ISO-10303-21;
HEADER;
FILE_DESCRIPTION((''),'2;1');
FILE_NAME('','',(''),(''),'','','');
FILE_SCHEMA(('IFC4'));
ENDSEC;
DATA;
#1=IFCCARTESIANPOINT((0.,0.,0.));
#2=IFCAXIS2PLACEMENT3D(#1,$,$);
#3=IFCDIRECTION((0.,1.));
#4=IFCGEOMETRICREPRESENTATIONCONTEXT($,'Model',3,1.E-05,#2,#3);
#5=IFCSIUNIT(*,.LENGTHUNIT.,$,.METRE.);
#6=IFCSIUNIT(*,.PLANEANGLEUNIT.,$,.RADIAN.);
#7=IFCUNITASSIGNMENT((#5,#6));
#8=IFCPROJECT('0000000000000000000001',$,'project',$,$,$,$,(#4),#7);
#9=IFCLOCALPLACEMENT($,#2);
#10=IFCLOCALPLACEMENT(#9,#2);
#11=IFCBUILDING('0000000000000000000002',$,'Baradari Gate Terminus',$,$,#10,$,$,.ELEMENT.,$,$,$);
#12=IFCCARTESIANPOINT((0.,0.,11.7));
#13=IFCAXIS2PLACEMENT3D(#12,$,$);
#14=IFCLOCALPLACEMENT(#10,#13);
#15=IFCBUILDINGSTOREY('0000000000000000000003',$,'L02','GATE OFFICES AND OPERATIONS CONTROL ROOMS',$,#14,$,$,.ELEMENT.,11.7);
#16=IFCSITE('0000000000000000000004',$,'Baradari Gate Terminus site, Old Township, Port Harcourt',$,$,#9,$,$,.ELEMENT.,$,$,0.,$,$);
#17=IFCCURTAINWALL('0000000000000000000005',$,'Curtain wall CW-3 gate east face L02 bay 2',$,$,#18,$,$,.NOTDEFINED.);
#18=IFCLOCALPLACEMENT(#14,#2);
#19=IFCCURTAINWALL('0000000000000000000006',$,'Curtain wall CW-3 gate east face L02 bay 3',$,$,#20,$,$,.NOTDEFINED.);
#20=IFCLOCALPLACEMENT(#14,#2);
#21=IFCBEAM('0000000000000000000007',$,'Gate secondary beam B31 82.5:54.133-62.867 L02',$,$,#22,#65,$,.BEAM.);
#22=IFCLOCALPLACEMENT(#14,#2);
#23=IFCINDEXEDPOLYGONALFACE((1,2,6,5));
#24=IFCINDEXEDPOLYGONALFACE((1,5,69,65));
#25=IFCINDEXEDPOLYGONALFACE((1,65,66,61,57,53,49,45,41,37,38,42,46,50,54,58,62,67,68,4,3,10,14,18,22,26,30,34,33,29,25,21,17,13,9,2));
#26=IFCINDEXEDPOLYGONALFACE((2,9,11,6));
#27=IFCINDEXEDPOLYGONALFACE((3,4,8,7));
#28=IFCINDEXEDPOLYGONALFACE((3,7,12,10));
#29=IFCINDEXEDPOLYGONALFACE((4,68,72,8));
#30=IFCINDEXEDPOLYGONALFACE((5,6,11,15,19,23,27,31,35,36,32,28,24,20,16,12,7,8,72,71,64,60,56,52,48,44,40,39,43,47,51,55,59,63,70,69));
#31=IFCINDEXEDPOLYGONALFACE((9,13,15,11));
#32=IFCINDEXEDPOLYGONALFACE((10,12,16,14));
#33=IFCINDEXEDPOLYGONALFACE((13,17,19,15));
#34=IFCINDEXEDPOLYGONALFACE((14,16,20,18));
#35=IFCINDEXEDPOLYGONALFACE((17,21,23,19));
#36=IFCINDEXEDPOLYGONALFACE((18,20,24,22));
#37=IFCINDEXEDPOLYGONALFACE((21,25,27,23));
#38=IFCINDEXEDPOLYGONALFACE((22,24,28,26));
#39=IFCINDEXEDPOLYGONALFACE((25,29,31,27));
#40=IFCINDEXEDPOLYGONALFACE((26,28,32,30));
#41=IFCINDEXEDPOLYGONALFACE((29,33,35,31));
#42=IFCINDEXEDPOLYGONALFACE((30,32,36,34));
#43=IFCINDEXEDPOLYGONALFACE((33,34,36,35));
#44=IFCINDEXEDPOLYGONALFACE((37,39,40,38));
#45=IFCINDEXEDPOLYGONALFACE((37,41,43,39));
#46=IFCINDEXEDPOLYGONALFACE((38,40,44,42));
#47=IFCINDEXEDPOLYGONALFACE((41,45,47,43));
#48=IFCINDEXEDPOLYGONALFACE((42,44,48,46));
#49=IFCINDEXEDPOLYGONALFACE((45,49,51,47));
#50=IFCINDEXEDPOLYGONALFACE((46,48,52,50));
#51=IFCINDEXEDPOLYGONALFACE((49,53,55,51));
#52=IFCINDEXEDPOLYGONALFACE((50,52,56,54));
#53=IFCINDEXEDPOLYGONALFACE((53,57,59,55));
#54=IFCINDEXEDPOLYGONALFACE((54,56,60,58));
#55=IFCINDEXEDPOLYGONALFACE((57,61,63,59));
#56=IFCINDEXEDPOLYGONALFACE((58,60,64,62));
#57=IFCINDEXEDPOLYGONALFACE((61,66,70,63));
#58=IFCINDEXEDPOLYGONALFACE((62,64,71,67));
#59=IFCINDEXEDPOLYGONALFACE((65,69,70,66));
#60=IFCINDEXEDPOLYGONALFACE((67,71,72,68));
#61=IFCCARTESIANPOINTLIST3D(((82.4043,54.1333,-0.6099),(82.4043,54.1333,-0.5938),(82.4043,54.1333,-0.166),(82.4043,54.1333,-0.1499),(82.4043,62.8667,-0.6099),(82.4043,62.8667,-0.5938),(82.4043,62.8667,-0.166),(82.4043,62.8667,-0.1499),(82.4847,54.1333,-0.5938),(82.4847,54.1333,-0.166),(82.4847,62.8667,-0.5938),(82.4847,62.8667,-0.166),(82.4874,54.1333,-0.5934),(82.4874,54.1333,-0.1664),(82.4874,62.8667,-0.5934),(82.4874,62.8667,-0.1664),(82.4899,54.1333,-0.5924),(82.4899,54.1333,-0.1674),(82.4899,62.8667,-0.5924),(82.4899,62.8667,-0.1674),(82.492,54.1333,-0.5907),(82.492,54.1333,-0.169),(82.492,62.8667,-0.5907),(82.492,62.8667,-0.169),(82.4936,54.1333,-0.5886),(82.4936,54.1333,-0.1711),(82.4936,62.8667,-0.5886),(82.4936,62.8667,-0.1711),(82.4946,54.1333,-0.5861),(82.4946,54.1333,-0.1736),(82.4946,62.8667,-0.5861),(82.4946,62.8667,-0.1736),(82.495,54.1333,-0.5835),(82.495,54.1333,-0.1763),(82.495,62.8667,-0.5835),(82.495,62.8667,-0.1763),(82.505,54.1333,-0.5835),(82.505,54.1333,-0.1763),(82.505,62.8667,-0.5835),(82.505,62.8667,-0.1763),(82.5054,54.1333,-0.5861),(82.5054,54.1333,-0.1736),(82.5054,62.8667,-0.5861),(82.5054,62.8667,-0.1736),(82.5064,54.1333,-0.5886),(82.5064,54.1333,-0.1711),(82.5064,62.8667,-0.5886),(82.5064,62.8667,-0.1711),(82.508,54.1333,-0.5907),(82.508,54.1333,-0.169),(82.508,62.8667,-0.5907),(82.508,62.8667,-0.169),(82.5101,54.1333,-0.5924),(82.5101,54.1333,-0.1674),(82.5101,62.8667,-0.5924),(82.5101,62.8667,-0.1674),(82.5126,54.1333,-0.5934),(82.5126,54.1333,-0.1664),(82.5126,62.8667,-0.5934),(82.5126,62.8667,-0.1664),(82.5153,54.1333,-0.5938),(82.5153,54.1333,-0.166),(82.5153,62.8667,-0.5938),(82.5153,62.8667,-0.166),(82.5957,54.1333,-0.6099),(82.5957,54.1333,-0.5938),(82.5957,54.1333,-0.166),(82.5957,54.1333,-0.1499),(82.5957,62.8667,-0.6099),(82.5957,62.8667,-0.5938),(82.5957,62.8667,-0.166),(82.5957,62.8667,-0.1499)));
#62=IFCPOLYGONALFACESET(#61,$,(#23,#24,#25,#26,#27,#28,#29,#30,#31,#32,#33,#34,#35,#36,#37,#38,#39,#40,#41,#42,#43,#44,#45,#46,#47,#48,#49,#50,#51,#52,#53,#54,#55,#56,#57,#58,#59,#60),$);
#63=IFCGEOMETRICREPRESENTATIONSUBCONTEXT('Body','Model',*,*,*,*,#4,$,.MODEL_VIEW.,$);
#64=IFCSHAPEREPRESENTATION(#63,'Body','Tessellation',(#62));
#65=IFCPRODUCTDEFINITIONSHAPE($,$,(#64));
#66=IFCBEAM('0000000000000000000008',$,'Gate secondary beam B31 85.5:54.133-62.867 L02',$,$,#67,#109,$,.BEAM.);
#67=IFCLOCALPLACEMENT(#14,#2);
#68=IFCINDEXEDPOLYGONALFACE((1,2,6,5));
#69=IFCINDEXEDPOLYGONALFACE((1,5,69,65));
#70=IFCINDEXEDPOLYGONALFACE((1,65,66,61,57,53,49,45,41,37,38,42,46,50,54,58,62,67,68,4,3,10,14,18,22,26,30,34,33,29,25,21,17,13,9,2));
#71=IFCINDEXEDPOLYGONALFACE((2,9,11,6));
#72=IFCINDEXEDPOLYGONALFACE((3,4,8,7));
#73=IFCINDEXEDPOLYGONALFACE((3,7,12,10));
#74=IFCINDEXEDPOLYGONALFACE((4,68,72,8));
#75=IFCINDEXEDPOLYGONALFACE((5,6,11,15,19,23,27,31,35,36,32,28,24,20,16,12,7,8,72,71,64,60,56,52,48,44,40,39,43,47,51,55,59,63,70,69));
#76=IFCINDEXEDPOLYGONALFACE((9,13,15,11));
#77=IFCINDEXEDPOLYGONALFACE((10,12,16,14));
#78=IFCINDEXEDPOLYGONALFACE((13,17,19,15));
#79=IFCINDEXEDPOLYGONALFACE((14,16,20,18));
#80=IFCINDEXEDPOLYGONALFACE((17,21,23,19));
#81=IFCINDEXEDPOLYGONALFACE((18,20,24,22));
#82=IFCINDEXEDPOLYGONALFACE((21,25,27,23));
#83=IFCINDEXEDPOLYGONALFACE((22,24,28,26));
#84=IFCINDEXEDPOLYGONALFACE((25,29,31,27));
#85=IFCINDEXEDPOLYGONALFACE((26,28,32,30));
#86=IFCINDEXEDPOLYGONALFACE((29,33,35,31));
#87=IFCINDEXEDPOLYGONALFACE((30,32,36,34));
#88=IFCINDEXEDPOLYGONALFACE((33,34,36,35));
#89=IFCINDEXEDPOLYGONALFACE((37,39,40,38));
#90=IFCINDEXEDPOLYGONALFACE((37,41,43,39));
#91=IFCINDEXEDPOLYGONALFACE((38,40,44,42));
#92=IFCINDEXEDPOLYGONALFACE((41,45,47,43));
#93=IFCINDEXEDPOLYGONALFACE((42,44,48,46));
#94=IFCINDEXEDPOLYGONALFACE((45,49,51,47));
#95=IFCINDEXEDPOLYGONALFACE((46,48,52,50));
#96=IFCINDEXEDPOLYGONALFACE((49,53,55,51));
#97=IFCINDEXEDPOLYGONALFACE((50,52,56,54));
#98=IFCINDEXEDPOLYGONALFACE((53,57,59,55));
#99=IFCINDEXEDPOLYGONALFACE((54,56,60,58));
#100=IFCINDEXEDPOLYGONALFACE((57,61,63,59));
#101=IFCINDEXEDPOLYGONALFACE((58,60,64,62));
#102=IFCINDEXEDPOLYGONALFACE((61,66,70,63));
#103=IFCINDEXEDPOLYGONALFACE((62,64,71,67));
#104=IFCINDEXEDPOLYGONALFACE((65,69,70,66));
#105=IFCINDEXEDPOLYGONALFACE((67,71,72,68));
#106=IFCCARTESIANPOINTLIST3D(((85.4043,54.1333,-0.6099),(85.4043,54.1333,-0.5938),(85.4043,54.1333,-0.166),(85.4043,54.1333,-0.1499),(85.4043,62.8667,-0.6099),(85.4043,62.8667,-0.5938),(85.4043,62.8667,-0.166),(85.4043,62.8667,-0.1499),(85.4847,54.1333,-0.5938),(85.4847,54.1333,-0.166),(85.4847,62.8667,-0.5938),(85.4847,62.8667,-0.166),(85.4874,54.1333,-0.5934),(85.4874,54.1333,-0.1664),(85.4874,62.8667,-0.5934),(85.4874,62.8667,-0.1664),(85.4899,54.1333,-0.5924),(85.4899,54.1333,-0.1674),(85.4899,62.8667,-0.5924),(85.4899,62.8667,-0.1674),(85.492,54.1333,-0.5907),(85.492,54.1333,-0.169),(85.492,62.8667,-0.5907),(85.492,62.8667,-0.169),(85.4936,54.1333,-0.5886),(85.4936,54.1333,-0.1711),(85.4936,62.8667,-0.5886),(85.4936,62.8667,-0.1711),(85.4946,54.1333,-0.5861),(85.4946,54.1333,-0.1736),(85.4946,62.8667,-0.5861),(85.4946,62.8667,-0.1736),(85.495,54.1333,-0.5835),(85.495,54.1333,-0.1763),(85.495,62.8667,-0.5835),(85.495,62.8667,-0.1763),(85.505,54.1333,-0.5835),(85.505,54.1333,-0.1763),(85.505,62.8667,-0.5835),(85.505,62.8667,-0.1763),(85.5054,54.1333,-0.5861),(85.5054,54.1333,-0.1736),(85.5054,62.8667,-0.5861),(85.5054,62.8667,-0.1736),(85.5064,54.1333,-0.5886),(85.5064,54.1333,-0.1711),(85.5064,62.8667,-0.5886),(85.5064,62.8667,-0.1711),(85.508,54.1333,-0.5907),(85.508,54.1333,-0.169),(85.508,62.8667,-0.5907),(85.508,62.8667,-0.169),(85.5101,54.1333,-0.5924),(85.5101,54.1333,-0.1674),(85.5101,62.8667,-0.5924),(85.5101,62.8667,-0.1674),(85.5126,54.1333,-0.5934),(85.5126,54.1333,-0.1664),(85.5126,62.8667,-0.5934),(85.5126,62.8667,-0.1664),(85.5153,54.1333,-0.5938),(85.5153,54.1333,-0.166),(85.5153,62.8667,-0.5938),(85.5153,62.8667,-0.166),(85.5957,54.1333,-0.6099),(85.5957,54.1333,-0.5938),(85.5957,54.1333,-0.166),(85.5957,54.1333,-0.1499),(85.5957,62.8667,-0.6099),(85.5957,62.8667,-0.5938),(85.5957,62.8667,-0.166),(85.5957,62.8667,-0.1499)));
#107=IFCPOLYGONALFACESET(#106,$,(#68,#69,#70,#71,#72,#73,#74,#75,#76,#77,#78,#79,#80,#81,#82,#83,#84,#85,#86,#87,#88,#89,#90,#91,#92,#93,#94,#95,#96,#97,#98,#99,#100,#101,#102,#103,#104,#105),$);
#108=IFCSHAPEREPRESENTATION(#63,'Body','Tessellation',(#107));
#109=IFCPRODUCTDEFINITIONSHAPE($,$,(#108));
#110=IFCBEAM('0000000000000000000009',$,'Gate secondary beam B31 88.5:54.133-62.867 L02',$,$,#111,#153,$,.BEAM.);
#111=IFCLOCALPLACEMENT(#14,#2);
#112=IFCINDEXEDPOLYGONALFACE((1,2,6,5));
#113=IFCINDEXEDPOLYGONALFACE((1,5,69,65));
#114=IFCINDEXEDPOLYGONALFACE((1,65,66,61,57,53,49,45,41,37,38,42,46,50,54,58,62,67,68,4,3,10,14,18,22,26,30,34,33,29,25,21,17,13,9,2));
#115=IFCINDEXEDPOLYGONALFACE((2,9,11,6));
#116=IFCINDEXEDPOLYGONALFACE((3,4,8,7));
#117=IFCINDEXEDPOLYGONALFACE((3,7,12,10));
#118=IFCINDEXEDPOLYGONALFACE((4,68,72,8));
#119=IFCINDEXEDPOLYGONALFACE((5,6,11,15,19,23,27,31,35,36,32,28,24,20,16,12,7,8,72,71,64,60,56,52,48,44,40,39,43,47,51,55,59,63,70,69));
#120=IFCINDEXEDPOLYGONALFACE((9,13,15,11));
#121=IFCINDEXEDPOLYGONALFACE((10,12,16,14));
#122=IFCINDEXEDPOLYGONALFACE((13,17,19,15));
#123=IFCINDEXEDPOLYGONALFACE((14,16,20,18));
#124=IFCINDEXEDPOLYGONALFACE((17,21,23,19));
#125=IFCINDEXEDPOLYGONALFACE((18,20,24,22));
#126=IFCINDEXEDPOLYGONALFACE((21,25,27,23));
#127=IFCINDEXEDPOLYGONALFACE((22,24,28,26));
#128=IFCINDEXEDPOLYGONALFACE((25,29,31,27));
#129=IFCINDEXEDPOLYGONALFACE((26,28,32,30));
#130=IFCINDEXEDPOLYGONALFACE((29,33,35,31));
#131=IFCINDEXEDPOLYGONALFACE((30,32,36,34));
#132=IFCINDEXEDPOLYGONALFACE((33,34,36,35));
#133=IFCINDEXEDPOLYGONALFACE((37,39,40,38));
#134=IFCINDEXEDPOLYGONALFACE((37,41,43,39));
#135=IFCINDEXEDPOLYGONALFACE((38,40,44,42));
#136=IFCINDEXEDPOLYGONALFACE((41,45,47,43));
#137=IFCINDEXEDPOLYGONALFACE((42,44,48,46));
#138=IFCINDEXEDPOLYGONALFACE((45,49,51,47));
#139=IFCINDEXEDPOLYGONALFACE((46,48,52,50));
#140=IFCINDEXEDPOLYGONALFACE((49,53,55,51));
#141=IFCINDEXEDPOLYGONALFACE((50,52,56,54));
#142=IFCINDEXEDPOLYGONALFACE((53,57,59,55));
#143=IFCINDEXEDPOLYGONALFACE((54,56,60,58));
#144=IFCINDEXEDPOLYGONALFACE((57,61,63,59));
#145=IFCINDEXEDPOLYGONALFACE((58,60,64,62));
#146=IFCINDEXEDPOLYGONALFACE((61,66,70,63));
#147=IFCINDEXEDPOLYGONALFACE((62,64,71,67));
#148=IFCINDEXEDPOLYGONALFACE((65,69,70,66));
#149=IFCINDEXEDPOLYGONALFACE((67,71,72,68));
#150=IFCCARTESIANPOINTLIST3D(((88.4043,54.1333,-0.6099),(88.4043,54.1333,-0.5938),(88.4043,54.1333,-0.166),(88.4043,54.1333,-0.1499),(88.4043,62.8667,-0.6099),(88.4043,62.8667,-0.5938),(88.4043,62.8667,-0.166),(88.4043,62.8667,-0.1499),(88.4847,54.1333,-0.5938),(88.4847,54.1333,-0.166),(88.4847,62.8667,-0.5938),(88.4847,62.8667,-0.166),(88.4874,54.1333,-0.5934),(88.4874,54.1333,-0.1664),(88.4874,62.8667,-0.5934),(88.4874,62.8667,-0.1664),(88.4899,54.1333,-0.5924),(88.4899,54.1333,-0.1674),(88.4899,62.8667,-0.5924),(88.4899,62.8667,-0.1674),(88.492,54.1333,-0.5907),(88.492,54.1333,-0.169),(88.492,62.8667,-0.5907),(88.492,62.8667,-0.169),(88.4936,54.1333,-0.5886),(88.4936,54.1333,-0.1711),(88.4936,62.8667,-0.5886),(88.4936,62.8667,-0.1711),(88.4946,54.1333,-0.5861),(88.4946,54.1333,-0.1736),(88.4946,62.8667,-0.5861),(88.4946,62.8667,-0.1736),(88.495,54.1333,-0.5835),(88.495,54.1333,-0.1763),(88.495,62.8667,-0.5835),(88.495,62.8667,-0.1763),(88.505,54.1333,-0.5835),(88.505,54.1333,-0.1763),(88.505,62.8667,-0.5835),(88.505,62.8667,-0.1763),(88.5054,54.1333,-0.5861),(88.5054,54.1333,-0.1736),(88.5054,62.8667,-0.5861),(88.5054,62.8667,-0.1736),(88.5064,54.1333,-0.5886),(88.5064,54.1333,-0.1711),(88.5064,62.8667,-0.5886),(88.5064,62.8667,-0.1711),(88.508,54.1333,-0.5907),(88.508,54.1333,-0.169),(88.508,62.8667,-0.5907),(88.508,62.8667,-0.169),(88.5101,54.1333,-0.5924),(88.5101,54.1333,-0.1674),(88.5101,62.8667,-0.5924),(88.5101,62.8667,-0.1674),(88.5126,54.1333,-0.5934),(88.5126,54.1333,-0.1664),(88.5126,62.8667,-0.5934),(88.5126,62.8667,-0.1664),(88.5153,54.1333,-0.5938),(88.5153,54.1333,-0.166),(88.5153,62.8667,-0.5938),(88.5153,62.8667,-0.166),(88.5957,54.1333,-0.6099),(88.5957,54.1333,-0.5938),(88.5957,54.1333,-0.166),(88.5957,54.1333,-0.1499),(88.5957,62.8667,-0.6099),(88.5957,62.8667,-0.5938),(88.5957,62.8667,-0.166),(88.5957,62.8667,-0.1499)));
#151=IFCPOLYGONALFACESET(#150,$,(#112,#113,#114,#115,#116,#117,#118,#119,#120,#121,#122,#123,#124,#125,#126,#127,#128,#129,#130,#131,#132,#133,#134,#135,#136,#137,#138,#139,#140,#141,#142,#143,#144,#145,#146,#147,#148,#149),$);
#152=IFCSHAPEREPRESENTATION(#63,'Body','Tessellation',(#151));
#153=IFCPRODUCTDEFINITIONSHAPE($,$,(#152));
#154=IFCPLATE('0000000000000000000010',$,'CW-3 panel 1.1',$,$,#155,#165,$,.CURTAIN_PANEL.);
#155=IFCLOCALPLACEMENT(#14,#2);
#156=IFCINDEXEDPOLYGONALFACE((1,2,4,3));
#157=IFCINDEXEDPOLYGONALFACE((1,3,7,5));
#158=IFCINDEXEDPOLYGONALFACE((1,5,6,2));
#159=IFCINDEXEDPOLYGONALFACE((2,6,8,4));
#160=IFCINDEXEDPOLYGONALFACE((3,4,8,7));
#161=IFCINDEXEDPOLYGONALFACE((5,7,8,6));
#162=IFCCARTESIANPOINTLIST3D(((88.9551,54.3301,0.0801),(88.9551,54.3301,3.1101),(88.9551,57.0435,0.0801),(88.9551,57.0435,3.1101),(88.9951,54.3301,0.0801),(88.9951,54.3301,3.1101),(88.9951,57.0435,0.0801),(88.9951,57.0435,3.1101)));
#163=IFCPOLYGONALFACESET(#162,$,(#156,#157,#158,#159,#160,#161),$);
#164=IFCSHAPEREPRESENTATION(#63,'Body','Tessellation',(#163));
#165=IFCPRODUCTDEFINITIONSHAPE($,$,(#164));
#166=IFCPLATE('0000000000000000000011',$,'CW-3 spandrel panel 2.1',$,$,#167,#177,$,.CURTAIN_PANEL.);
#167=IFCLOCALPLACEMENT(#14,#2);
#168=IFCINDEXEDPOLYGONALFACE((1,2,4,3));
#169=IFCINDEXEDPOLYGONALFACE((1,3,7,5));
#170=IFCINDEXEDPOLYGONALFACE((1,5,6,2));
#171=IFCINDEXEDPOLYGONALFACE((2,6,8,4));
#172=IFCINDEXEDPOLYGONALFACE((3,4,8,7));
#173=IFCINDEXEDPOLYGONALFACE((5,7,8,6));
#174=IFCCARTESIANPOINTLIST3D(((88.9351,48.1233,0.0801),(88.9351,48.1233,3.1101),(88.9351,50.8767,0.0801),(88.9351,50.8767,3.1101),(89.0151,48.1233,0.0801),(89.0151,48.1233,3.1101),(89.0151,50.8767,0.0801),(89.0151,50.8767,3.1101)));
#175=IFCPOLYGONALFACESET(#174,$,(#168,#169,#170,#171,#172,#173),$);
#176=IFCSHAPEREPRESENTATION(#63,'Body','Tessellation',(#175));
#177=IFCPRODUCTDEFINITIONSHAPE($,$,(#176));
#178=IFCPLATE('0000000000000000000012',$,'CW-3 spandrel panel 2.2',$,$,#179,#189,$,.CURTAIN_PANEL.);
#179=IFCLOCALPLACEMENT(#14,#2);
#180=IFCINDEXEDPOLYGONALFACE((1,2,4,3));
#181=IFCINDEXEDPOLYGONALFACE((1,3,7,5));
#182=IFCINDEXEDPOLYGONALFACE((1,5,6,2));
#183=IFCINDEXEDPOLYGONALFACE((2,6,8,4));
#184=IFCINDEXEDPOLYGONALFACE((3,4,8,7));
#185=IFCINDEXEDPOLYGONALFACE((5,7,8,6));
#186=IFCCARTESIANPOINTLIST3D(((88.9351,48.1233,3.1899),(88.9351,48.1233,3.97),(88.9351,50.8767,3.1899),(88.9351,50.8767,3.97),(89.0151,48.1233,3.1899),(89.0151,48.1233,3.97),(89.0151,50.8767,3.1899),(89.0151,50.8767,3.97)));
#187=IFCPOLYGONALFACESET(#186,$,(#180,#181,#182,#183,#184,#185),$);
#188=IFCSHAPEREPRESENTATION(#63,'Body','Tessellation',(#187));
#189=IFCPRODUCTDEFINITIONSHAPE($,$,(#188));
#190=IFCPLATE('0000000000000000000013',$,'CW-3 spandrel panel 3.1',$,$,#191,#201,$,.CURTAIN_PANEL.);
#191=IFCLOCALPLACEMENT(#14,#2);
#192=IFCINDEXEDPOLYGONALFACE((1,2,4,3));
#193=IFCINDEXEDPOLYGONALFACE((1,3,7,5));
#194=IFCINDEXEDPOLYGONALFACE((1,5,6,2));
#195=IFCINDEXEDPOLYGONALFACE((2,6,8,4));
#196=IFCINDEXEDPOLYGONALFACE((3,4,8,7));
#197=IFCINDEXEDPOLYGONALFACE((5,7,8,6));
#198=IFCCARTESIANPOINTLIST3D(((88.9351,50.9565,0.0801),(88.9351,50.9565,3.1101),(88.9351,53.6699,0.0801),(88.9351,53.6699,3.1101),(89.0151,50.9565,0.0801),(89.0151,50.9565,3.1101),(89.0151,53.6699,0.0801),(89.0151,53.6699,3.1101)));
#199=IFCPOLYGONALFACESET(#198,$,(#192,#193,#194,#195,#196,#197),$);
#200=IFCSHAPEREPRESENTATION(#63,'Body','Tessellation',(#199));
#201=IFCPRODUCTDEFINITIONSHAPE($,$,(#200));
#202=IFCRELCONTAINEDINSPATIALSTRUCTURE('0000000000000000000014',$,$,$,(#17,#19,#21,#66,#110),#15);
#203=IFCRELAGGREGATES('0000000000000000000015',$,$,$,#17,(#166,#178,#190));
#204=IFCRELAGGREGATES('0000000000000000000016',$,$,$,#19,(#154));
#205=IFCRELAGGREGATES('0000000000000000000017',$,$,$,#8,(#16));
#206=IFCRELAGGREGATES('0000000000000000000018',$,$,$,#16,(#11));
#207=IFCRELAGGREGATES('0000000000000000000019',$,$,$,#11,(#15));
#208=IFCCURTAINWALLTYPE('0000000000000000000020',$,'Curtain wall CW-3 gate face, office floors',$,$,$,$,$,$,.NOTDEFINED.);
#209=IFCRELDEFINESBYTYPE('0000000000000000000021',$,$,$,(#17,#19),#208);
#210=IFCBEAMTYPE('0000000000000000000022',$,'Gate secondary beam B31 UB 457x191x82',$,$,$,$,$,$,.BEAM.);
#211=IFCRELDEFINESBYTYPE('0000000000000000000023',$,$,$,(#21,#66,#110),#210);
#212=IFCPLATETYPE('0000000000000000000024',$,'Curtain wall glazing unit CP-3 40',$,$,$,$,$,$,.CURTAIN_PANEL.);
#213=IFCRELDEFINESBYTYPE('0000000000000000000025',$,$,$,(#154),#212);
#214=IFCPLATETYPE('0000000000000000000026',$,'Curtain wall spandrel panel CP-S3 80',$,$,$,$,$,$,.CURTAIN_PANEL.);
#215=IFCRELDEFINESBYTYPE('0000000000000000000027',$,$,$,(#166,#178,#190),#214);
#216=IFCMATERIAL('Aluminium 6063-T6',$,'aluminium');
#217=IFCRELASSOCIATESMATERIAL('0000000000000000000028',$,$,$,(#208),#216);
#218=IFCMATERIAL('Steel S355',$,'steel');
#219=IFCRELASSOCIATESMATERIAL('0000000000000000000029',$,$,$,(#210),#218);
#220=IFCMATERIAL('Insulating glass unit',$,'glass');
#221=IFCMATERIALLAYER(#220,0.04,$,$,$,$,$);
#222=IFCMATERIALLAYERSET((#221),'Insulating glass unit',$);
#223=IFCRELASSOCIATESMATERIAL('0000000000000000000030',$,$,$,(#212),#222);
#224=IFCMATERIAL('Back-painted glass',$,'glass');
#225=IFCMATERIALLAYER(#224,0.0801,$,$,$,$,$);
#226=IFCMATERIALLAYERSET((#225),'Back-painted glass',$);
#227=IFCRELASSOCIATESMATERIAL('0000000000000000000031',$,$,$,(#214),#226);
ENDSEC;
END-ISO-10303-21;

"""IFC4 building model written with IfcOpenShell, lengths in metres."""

from ifc_helpers import new_model, si_unit, direction, frame, origin, origin_2d, place, context, subcontext, project, spatial, rectangle, i_section, extrude, material, layer, layer_set, material_profile, profile_set, type_object, element, aggregate, save


model = new_model("IFC4")

# Units and contexts
model_context = context("Model", 3, precision=1e-05, world=origin(), true_north=direction((0.0, 1.0)))
body_context = subcontext(model_context, "Body", "Model", "MODEL_VIEW")
ifc_project = project(units=[si_unit("LENGTHUNIT", "METRE"), si_unit("PLANEANGLEUNIT", "RADIAN")], contexts=[model_context])

# Site, building, storey
site_placement = place(None, origin())
site = spatial("IfcSite", under=ifc_project, at=site_placement, Name="Baradari Gate Terminus site, Old Township, Port Harcourt", CompositionType="ELEMENT", RefElevation=0.0)
building_placement = place(site_placement, origin())
building = spatial("IfcBuilding", under=site, at=building_placement, Name="Baradari Gate Terminus", CompositionType="ELEMENT")
storey_placement = place(building_placement, frame((0.0, 0.0, 11.7)))
storey = spatial("IfcBuildingStorey", under=building, at=storey_placement, Name="L02", Description="GATE OFFICES AND OPERATIONS CONTROL ROOMS", CompositionType="ELEMENT", Elevation=11.7)

# Curtain walls
ifc_material_1 = material(Name="Aluminium 6063-T6", Category="aluminium")
curtain_wall_type = type_object("IfcCurtainWallType", Name="Curtain wall CW-3 gate face, office floors", PredefinedType="NOTDEFINED", material=ifc_material_1)
curtain_wall_1_placement = place(storey_placement, origin())
curtain_wall_1 = element("IfcCurtainWall", 1, at=curtain_wall_1_placement, inside=storey, type_object=curtain_wall_type, Name="Curtain wall CW-3 gate east face L02 bay 2", PredefinedType="NOTDEFINED")
curtain_wall_2_placement = place(storey_placement, origin())
curtain_wall_2 = element("IfcCurtainWall", 2, at=curtain_wall_2_placement, inside=storey, type_object=curtain_wall_type, Name="Curtain wall CW-3 gate east face L02 bay 3", PredefinedType="NOTDEFINED")

# Beams
ifc_material_2 = material(Name="Steel S355", Category="steel")
ifc_material_profile_1 = material_profile(ifc_material_2, i_section(OverallWidth=0.1914, OverallDepth=0.46, WebThickness=0.01, FlangeThickness=0.0161, FilletRadius=0.0103, at=origin_2d()), Name="UB 457x191x82")
ifc_profile_set_1 = profile_set([ifc_material_profile_1], Name="Steel S355")
beam_type = type_object("IfcBeamType", Name="Gate secondary beam B31 UB 457x191x82", PredefinedType="BEAM", material=ifc_profile_set_1)
for number, where, z_axis, x_axis, name in (
    (3, (82.5, 54.1333, -0.3799), (0.0, 1.0, 0.0), (-1.0, 0.0, 0.0), "Gate secondary beam B31 82.5:54.133-62.867 L02"),
    (4, (85.5, 54.1333, -0.3799), (0.0, 1.0, 0.0), (-1.0, 0.0, 0.0), "Gate secondary beam B31 85.5:54.133-62.867 L02"),
    (5, (88.5, 54.1333, -0.3799), (0.0, 1.0, 0.0), (-1.0, 0.0, 0.0), "Gate secondary beam B31 88.5:54.133-62.867 L02"),
):
    element("IfcBeam", number, at=place(storey_placement, frame(where, z_axis=z_axis, x_axis=x_axis)), inside=storey, type_object=beam_type, Name=name, PredefinedType="BEAM", context=body_context, shape_type="SweptSolid", body=[
        extrude(i_section(OverallWidth=0.1914, OverallDepth=0.46, WebThickness=0.01, FlangeThickness=0.0161, FilletRadius=0.0103, at=origin_2d()), origin(), (0.0, 0.0, 1.0), 8.7334),
    ])

# Plates
ifc_material_3 = material(Name="Insulating glass unit", Category="glass")
ifc_layer_1 = layer(ifc_material_3, 0.04)
ifc_layer_set_1 = layer_set([ifc_layer_1], Name="Insulating glass unit")
plate_type_1 = type_object("IfcPlateType", Name="Curtain wall glazing unit CP-3 40", PredefinedType="CURTAIN_PANEL", material=ifc_layer_set_1)
plate_1_placement = place(storey_placement, frame((88.9751, 55.6868, 0.0801), z_axis=(0.0, 0.0, 1.0), x_axis=(0.0, 1.0, 0.0)))
plate_1 = element("IfcPlate", 6, at=plate_1_placement, type_object=plate_type_1, Name="CW-3 panel 1.1", PredefinedType="CURTAIN_PANEL", context=body_context, shape_type="SweptSolid", body=[
    extrude(rectangle(XDim=2.7134, YDim=0.04, at=origin_2d()), origin(), (0.0, 0.0, 1.0), 3.03),
])
ifc_material_4 = material(Name="Back-painted glass", Category="glass")
ifc_layer_2 = layer(ifc_material_4, 0.0801)
ifc_layer_set_2 = layer_set([ifc_layer_2], Name="Back-painted glass")
plate_type_2 = type_object("IfcPlateType", Name="Curtain wall spandrel panel CP-S3 80", PredefinedType="CURTAIN_PANEL", material=ifc_layer_set_2)
plate_2_placement = place(storey_placement, frame((88.9751, 49.5, 0.0801), z_axis=(0.0, 0.0, 1.0), x_axis=(0.0, 1.0, 0.0)))
plate_2 = element("IfcPlate", 7, at=plate_2_placement, type_object=plate_type_2, Name="CW-3 spandrel panel 2.1", PredefinedType="CURTAIN_PANEL", context=body_context, shape_type="SweptSolid", body=[
    extrude(rectangle(XDim=2.7534, YDim=0.0801, at=origin_2d()), origin(), (0.0, 0.0, 1.0), 3.03),
])
plate_3_placement = place(storey_placement, frame((88.9751, 49.5, 3.1899), z_axis=(0.0, 0.0, 1.0), x_axis=(0.0, 1.0, 0.0)))
plate_3 = element("IfcPlate", 8, at=plate_3_placement, type_object=plate_type_2, Name="CW-3 spandrel panel 2.2", PredefinedType="CURTAIN_PANEL", context=body_context, shape_type="SweptSolid", body=[
    extrude(rectangle(XDim=2.7534, YDim=0.0801, at=origin_2d()), origin(), (0.0, 0.0, 1.0), 0.78),
])
plate_4_placement = place(storey_placement, frame((88.9751, 52.3132, 0.0801), z_axis=(0.0, 0.0, 1.0), x_axis=(0.0, 1.0, 0.0)))
plate_4 = element("IfcPlate", 9, at=plate_4_placement, type_object=plate_type_2, Name="CW-3 spandrel panel 3.1", PredefinedType="CURTAIN_PANEL", context=body_context, shape_type="SweptSolid", body=[
    extrude(rectangle(XDim=2.7134, YDim=0.0801, at=origin_2d()), origin(), (0.0, 0.0, 1.0), 3.03),
])
aggregate(curtain_wall_1, [plate_2, plate_3, plate_4])
aggregate(curtain_wall_2, [plate_1])

save(model, "model.ifc")
